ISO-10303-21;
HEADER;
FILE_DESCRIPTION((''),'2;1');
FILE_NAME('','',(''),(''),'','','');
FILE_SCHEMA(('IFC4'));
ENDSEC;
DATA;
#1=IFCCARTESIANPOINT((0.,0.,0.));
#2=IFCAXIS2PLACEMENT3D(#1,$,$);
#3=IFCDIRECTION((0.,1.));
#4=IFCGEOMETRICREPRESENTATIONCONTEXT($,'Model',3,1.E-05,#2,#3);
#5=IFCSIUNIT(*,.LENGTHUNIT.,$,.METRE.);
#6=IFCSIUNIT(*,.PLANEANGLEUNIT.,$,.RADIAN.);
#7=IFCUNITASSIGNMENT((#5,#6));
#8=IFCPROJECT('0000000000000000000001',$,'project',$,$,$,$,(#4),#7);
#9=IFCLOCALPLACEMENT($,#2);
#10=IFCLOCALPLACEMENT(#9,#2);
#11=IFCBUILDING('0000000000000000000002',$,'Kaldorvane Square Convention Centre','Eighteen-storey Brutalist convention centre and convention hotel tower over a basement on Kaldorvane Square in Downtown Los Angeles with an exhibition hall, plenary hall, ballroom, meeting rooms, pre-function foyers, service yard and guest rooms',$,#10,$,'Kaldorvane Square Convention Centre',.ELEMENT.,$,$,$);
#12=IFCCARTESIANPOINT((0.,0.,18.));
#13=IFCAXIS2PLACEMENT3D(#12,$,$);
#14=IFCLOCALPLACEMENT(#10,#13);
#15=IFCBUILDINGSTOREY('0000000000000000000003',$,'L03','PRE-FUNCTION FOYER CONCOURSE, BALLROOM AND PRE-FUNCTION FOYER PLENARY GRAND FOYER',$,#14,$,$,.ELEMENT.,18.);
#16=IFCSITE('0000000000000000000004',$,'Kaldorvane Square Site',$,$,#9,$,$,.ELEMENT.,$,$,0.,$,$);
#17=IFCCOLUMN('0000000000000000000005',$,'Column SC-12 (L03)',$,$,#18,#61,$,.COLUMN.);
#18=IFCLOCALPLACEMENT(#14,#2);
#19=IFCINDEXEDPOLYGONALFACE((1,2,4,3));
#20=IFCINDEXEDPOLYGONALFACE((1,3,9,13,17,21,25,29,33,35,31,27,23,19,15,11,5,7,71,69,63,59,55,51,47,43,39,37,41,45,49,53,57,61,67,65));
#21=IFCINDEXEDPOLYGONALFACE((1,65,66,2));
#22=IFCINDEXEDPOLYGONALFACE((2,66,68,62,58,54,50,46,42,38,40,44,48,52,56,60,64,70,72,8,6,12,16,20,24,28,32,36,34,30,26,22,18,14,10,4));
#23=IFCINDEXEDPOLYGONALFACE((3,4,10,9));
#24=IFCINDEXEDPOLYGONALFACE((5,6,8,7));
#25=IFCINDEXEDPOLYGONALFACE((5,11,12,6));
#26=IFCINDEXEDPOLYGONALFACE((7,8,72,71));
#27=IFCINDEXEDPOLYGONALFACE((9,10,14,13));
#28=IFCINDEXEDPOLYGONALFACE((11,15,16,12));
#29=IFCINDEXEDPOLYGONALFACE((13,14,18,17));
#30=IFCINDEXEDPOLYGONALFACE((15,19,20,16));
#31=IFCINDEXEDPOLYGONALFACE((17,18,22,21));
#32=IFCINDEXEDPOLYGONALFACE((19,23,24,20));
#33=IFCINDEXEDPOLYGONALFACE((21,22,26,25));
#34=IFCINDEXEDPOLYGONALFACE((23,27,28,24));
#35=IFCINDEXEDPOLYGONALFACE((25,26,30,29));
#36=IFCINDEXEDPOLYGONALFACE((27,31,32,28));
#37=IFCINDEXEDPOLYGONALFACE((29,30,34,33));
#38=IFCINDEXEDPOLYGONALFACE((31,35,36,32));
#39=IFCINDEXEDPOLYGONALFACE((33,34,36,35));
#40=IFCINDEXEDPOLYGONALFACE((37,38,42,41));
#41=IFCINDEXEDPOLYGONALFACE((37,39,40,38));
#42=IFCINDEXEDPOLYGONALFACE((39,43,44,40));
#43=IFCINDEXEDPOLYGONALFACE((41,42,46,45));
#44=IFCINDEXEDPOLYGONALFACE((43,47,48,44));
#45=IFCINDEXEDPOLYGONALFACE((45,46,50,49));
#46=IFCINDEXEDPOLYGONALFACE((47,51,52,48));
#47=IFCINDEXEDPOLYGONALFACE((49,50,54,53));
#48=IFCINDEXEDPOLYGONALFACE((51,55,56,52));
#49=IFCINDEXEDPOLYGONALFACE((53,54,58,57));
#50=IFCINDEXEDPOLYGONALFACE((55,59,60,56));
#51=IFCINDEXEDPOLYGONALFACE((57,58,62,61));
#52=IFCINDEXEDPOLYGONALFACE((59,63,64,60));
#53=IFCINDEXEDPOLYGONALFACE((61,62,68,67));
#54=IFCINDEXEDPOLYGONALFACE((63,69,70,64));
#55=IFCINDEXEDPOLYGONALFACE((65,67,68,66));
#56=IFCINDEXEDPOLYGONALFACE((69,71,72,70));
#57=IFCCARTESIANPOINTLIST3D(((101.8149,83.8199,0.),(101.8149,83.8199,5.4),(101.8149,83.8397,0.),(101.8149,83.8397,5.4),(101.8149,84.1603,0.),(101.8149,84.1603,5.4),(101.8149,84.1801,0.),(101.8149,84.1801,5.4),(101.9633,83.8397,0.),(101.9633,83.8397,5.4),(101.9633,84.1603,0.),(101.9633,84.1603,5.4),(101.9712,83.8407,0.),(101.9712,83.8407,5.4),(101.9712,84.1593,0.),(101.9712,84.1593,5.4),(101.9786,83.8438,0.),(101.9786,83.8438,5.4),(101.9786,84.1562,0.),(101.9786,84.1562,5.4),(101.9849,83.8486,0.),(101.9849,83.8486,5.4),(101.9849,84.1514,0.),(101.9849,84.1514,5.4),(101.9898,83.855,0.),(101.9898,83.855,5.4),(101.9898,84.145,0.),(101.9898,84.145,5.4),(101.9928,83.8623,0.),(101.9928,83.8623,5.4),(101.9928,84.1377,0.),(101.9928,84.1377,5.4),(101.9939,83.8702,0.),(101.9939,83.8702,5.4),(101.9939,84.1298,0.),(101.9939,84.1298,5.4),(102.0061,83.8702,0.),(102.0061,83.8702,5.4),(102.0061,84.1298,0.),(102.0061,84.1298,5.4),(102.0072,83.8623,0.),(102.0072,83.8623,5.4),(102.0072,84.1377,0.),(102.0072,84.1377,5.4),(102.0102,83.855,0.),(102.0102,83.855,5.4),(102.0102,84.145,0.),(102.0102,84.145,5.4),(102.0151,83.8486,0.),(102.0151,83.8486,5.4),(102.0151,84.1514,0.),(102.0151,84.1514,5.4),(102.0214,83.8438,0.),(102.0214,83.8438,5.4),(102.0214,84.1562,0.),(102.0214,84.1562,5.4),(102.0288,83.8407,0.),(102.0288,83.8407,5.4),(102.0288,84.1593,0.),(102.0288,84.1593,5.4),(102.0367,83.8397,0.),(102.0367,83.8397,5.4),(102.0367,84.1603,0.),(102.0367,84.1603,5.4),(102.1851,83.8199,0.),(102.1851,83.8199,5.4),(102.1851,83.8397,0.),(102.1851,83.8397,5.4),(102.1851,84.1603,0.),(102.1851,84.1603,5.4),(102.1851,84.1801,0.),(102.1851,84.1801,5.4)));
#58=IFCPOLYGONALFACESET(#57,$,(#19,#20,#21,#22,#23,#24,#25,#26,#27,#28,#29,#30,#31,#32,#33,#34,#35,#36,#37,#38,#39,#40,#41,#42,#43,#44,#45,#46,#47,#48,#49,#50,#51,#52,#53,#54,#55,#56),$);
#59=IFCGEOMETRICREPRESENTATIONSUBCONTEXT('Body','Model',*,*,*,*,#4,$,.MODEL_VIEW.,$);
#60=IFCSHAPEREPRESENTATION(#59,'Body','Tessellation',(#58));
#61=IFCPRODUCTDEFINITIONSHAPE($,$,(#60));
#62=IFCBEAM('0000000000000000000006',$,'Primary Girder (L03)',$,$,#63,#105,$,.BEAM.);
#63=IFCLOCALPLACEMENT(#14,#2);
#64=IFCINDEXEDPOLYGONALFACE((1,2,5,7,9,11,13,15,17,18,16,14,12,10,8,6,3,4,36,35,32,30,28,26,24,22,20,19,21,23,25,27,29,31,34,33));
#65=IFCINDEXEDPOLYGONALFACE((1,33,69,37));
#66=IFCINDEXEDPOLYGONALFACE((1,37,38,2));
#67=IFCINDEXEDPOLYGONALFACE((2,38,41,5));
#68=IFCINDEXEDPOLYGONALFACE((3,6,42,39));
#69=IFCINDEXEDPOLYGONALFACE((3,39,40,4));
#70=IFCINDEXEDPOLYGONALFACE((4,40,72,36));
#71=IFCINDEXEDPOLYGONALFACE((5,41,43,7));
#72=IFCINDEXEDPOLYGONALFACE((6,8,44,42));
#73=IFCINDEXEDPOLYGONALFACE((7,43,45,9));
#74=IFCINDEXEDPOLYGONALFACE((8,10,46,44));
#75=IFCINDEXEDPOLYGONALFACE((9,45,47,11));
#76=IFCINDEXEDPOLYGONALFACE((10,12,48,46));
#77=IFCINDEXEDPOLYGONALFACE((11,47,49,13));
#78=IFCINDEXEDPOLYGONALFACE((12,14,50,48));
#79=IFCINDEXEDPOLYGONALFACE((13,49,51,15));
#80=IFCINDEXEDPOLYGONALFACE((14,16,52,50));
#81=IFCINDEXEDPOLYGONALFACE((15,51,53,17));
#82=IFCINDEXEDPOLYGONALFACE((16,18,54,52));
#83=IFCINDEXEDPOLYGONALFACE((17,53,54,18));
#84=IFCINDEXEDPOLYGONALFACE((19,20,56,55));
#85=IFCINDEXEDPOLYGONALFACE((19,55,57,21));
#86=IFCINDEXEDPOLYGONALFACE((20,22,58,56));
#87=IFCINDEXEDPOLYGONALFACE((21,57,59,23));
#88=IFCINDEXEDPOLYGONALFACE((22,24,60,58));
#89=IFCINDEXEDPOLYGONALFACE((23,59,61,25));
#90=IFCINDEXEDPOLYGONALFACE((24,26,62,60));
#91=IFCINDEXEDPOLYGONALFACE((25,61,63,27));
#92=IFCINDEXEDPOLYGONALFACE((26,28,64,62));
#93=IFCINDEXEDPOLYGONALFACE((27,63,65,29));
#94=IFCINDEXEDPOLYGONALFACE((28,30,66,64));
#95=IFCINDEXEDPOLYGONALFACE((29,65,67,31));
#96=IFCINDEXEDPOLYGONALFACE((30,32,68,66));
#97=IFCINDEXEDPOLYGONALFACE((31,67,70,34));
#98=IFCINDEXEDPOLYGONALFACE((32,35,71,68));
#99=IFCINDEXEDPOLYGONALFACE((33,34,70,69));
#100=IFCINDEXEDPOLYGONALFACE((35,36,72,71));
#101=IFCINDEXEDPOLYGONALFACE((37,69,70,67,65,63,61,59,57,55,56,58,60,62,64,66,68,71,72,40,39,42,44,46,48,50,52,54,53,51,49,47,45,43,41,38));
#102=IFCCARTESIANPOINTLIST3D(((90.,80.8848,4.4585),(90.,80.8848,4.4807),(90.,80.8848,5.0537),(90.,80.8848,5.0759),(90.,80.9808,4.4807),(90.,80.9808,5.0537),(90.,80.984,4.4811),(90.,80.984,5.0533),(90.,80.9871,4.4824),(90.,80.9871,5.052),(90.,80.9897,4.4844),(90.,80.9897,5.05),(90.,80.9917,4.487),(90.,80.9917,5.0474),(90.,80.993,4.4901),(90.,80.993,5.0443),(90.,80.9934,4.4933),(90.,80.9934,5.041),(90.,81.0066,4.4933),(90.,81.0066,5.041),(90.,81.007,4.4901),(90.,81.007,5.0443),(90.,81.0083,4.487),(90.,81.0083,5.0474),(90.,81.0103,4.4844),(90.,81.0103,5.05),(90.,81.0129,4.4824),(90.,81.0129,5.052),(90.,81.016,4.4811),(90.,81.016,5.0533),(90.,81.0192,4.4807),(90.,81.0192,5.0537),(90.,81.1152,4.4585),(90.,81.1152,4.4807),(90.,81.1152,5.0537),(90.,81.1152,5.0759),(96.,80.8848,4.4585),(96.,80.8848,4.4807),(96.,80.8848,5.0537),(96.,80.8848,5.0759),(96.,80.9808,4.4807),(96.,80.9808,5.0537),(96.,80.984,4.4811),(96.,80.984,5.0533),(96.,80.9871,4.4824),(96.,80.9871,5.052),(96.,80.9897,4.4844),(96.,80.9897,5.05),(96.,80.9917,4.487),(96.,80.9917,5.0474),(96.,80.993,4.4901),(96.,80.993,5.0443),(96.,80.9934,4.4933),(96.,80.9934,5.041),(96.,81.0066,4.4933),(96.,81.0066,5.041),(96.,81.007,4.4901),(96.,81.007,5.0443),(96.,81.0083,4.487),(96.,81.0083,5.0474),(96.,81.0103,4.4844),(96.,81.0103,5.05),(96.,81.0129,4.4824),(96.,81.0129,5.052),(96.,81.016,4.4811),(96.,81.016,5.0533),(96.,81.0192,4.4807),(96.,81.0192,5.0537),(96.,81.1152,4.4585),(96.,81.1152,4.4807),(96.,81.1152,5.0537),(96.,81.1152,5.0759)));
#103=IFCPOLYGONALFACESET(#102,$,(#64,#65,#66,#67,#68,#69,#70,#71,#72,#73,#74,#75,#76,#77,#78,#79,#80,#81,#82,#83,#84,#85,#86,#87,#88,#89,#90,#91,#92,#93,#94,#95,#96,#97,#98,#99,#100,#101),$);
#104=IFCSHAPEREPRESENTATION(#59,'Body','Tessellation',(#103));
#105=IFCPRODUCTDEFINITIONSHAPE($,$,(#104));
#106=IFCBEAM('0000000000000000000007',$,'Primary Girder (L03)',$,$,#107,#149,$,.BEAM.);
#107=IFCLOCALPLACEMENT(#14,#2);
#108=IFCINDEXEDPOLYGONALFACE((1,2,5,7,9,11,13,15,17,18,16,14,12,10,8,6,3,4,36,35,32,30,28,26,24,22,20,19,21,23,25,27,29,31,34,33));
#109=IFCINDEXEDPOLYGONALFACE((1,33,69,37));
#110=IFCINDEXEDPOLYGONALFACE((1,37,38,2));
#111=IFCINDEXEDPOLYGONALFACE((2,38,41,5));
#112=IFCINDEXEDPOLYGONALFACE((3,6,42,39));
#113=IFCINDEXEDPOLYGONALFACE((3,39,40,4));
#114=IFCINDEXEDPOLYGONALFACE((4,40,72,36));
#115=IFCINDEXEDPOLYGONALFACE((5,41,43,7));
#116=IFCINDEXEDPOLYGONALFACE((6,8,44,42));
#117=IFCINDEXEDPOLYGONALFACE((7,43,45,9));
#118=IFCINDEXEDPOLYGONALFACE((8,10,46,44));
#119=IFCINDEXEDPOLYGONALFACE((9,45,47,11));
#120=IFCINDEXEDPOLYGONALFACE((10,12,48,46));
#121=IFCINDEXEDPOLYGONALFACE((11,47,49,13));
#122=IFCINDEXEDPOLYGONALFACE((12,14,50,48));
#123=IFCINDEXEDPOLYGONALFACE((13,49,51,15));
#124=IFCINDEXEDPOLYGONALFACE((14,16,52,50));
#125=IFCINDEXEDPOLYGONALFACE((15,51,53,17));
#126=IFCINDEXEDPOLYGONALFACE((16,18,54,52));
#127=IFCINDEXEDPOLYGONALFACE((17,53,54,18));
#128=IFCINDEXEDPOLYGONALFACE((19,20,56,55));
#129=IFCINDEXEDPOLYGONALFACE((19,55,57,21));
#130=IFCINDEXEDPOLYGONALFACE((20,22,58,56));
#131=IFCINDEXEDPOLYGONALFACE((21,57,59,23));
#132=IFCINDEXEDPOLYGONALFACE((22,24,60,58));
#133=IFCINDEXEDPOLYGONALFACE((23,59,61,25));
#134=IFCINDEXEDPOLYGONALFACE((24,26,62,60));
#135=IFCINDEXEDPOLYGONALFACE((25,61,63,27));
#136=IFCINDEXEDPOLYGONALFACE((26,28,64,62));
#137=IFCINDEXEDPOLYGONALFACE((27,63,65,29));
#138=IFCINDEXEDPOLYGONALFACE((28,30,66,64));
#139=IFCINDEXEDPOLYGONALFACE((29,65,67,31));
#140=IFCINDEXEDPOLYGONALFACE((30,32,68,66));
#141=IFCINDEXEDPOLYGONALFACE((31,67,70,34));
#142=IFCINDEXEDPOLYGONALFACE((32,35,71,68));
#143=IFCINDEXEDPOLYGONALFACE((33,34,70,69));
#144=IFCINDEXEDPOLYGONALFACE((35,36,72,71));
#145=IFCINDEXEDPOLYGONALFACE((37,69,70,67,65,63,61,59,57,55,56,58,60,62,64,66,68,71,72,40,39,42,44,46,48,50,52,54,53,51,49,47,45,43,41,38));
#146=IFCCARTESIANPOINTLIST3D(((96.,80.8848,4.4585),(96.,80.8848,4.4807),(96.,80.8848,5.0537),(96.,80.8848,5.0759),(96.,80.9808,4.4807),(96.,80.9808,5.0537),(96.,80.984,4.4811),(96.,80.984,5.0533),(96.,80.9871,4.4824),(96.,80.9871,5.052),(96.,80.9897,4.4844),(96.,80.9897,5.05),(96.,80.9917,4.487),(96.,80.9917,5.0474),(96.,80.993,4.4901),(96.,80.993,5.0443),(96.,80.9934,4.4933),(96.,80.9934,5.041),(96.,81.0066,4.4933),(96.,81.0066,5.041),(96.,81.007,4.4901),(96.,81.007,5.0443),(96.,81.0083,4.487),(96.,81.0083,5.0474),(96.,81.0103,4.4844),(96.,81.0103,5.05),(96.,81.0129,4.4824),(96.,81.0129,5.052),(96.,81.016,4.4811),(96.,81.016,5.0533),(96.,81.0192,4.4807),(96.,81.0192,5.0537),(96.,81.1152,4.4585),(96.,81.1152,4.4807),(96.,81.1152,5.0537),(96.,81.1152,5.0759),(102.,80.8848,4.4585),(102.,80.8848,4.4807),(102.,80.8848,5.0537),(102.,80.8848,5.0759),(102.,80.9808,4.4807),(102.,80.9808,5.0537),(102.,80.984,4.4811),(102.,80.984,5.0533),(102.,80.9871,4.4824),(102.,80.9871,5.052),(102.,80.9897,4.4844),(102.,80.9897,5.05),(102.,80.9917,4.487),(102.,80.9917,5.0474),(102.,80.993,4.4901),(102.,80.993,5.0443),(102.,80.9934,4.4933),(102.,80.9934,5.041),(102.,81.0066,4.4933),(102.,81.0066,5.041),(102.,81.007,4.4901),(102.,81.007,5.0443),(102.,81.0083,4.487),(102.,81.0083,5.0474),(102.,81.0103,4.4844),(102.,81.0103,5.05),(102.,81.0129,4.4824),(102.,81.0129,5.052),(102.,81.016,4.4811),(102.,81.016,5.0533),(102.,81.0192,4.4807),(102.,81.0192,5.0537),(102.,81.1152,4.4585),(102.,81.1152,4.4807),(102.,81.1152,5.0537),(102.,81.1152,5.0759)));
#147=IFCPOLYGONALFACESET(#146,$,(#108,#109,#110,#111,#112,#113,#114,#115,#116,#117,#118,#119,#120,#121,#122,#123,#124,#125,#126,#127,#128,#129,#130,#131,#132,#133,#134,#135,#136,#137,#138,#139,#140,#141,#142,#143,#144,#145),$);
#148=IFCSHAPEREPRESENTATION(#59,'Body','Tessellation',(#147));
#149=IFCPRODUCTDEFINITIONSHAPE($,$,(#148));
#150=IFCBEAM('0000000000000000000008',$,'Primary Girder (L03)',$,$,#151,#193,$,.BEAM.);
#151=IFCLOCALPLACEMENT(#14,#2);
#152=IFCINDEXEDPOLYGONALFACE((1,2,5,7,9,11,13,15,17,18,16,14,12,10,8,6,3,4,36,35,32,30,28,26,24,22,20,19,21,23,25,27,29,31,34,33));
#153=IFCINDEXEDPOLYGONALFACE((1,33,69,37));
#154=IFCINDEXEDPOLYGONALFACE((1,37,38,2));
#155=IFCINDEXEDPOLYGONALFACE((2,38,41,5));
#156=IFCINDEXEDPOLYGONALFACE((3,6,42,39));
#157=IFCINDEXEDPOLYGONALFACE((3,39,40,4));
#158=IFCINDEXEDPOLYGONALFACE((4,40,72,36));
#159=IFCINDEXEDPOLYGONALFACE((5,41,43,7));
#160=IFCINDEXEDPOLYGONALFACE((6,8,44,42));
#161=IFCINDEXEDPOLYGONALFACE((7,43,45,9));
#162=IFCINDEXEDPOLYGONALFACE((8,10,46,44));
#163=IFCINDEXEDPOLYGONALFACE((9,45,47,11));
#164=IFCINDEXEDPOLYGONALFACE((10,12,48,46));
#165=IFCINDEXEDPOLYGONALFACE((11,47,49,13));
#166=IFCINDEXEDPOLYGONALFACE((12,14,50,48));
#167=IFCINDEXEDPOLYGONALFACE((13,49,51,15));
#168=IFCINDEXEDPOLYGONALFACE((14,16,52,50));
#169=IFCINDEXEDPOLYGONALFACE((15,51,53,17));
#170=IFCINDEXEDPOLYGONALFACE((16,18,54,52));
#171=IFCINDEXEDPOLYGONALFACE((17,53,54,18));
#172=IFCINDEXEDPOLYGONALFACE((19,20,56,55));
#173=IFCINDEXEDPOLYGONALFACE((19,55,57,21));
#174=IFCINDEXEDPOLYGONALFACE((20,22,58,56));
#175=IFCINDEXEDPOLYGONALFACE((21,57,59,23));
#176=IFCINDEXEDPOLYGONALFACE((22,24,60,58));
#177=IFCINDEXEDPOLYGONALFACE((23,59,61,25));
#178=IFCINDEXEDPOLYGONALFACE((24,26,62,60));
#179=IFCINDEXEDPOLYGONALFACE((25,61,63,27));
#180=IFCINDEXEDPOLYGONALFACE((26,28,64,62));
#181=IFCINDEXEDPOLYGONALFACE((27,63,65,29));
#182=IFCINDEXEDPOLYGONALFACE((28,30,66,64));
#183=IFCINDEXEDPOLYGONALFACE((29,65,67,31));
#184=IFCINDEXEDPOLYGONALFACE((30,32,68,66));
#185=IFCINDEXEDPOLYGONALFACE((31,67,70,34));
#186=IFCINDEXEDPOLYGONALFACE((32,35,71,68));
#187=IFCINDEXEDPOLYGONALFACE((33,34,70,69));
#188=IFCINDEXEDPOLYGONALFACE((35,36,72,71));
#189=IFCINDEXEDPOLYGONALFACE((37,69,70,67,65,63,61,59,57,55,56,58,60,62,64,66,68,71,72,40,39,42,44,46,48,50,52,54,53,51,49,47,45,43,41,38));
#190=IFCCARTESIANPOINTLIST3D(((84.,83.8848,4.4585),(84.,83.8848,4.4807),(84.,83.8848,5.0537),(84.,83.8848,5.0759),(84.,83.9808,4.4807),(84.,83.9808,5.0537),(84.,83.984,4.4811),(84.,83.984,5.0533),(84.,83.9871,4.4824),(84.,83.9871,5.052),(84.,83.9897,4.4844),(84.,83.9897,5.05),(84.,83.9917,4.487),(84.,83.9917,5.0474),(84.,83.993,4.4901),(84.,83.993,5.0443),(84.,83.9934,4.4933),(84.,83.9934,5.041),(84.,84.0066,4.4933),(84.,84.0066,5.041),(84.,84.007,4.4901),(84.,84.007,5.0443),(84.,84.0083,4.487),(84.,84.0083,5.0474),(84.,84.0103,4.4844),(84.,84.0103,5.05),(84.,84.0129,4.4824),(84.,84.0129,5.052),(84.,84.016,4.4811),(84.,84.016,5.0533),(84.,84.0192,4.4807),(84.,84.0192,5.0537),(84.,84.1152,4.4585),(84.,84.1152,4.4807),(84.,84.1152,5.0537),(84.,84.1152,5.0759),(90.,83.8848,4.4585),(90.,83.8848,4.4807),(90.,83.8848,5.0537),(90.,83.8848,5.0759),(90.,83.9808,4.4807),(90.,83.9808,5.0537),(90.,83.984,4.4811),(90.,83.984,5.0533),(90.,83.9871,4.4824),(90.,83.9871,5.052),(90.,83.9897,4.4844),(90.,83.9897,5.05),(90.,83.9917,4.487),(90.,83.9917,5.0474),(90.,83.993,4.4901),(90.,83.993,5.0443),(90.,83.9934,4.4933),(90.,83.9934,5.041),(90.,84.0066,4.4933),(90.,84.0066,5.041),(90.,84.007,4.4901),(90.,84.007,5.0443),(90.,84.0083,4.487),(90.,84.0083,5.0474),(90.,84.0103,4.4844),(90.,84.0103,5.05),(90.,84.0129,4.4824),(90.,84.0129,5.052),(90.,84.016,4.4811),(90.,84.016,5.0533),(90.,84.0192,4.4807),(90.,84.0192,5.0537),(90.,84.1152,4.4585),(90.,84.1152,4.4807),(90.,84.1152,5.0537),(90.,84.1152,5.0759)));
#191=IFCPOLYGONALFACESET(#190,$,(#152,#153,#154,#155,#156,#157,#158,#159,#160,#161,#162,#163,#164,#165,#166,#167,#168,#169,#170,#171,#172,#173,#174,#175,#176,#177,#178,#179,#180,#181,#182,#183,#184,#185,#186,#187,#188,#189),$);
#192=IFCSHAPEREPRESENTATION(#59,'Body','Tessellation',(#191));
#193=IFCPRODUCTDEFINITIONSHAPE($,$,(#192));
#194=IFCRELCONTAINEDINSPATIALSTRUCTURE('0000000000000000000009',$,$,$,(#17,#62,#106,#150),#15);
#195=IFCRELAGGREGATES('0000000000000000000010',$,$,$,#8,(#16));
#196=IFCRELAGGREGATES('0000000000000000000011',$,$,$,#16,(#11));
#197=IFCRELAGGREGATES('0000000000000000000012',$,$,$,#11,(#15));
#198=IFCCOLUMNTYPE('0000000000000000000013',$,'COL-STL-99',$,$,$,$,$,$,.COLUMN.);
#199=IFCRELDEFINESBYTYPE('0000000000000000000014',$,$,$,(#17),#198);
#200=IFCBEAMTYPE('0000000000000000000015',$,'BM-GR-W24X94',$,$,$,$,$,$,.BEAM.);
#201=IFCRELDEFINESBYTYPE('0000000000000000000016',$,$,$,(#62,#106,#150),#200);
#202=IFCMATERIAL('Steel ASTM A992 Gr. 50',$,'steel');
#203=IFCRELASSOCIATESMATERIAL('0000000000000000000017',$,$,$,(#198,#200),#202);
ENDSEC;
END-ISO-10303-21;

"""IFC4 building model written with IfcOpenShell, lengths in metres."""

from ifc_helpers import new_model, si_unit, direction, frame, origin, origin_2d, place, context, subcontext, project, spatial, i_section, extrude, material, material_profile, profile_set, type_object, element, save


model = new_model("IFC4")

# Units and contexts
model_context = context("Model", 3, precision=1e-05, world=origin(), true_north=direction((0.0, 1.0)))
body_context = subcontext(model_context, "Body", "Model", "MODEL_VIEW")
ifc_project = project(units=[si_unit("LENGTHUNIT", "METRE"), si_unit("PLANEANGLEUNIT", "RADIAN")], contexts=[model_context])

# Site, building, storey
site_placement = place(None, origin())
site = spatial("IfcSite", under=ifc_project, at=site_placement, Name="Kaldorvane Square Site", CompositionType="ELEMENT", RefElevation=0.0)
building_placement = place(site_placement, origin())
building = spatial("IfcBuilding", under=site, at=building_placement, Name="Kaldorvane Square Convention Centre", Description="Eighteen-storey Brutalist convention centre and convention hotel tower over a basement on Kaldorvane Square in Downtown Los Angeles with an exhibition hall, plenary hall, ballroom, meeting rooms, pre-function foyers, service yard and guest rooms", LongName="Kaldorvane Square Convention Centre", CompositionType="ELEMENT")
storey_placement = place(building_placement, frame((0.0, 0.0, 18.0)))
storey = spatial("IfcBuildingStorey", under=building, at=storey_placement, Name="L03", Description="PRE-FUNCTION FOYER CONCOURSE, BALLROOM AND PRE-FUNCTION FOYER PLENARY GRAND FOYER", CompositionType="ELEMENT", Elevation=18.0)

# Column
ifc_material_1 = material(Name="Steel ASTM A992 Gr. 50", Category="steel")
ifc_material_profile_1 = material_profile(ifc_material_1, i_section(OverallWidth=0.3701, OverallDepth=0.3602, WebThickness=0.0123, FlangeThickness=0.0198, FilletRadius=0.0305, at=origin_2d()), Name="W14X99")
ifc_profile_set_1 = profile_set([ifc_material_profile_1], Name="Steel ASTM A992 Gr. 50")
column_type_1 = type_object("IfcColumnType", Name="COL-STL-99", PredefinedType="COLUMN", material=ifc_profile_set_1)
for number, where, z_axis, x_axis, name in (
    (1, (102.0, 84.0, 0.0), (0.0, 0.0, 1.0), (1.0, 0.0, 0.0), "Column SC-12 (L03)"),
):
    element("IfcColumn", number, at=place(storey_placement, frame(where, z_axis=z_axis, x_axis=x_axis)), inside=storey, type_object=column_type_1, Name=name, PredefinedType="COLUMN", context=body_context, shape_type="SweptSolid", body=[
        extrude(i_section(OverallWidth=0.3701, OverallDepth=0.3602, WebThickness=0.0123, FlangeThickness=0.0198, FilletRadius=0.0305, at=origin_2d()), origin(), (0.0, 0.0, 1.0), 5.4),
    ])

# Beams
ifc_material_profile_2 = material_profile(ifc_material_1, i_section(OverallWidth=0.2303, OverallDepth=0.6175, WebThickness=0.0131, FlangeThickness=0.0222, FilletRadius=0.0127, at=origin_2d()), Name="W24X94")
ifc_profile_set_2 = profile_set([ifc_material_profile_2], Name="Steel ASTM A992 Gr. 50")
beam_type_1 = type_object("IfcBeamType", Name="BM-GR-W24X94", PredefinedType="BEAM", material=ifc_profile_set_2)
for number, where, z_axis, x_axis, name in (
    (2, (90.0, 81.0, 4.7672), (1.0, 0.0, 0.0), (0.0, 1.0, 0.0), "Primary Girder (L03)"),
    (3, (96.0, 81.0, 4.7672), (1.0, 0.0, 0.0), (0.0, 1.0, 0.0), "Primary Girder (L03)"),
    (4, (84.0, 84.0, 4.7672), (1.0, 0.0, 0.0), (0.0, 1.0, 0.0), "Primary Girder (L03)"),
):
    element("IfcBeam", number, at=place(storey_placement, frame(where, z_axis=z_axis, x_axis=x_axis)), inside=storey, type_object=beam_type_1, Name=name, PredefinedType="BEAM", context=body_context, shape_type="SweptSolid", body=[
        extrude(i_section(OverallWidth=0.2303, OverallDepth=0.6175, WebThickness=0.0131, FlangeThickness=0.0222, FilletRadius=0.0127, at=origin_2d()), origin(), (0.0, 0.0, 1.0), 6.0),
    ])

save(model, "model.ifc")
